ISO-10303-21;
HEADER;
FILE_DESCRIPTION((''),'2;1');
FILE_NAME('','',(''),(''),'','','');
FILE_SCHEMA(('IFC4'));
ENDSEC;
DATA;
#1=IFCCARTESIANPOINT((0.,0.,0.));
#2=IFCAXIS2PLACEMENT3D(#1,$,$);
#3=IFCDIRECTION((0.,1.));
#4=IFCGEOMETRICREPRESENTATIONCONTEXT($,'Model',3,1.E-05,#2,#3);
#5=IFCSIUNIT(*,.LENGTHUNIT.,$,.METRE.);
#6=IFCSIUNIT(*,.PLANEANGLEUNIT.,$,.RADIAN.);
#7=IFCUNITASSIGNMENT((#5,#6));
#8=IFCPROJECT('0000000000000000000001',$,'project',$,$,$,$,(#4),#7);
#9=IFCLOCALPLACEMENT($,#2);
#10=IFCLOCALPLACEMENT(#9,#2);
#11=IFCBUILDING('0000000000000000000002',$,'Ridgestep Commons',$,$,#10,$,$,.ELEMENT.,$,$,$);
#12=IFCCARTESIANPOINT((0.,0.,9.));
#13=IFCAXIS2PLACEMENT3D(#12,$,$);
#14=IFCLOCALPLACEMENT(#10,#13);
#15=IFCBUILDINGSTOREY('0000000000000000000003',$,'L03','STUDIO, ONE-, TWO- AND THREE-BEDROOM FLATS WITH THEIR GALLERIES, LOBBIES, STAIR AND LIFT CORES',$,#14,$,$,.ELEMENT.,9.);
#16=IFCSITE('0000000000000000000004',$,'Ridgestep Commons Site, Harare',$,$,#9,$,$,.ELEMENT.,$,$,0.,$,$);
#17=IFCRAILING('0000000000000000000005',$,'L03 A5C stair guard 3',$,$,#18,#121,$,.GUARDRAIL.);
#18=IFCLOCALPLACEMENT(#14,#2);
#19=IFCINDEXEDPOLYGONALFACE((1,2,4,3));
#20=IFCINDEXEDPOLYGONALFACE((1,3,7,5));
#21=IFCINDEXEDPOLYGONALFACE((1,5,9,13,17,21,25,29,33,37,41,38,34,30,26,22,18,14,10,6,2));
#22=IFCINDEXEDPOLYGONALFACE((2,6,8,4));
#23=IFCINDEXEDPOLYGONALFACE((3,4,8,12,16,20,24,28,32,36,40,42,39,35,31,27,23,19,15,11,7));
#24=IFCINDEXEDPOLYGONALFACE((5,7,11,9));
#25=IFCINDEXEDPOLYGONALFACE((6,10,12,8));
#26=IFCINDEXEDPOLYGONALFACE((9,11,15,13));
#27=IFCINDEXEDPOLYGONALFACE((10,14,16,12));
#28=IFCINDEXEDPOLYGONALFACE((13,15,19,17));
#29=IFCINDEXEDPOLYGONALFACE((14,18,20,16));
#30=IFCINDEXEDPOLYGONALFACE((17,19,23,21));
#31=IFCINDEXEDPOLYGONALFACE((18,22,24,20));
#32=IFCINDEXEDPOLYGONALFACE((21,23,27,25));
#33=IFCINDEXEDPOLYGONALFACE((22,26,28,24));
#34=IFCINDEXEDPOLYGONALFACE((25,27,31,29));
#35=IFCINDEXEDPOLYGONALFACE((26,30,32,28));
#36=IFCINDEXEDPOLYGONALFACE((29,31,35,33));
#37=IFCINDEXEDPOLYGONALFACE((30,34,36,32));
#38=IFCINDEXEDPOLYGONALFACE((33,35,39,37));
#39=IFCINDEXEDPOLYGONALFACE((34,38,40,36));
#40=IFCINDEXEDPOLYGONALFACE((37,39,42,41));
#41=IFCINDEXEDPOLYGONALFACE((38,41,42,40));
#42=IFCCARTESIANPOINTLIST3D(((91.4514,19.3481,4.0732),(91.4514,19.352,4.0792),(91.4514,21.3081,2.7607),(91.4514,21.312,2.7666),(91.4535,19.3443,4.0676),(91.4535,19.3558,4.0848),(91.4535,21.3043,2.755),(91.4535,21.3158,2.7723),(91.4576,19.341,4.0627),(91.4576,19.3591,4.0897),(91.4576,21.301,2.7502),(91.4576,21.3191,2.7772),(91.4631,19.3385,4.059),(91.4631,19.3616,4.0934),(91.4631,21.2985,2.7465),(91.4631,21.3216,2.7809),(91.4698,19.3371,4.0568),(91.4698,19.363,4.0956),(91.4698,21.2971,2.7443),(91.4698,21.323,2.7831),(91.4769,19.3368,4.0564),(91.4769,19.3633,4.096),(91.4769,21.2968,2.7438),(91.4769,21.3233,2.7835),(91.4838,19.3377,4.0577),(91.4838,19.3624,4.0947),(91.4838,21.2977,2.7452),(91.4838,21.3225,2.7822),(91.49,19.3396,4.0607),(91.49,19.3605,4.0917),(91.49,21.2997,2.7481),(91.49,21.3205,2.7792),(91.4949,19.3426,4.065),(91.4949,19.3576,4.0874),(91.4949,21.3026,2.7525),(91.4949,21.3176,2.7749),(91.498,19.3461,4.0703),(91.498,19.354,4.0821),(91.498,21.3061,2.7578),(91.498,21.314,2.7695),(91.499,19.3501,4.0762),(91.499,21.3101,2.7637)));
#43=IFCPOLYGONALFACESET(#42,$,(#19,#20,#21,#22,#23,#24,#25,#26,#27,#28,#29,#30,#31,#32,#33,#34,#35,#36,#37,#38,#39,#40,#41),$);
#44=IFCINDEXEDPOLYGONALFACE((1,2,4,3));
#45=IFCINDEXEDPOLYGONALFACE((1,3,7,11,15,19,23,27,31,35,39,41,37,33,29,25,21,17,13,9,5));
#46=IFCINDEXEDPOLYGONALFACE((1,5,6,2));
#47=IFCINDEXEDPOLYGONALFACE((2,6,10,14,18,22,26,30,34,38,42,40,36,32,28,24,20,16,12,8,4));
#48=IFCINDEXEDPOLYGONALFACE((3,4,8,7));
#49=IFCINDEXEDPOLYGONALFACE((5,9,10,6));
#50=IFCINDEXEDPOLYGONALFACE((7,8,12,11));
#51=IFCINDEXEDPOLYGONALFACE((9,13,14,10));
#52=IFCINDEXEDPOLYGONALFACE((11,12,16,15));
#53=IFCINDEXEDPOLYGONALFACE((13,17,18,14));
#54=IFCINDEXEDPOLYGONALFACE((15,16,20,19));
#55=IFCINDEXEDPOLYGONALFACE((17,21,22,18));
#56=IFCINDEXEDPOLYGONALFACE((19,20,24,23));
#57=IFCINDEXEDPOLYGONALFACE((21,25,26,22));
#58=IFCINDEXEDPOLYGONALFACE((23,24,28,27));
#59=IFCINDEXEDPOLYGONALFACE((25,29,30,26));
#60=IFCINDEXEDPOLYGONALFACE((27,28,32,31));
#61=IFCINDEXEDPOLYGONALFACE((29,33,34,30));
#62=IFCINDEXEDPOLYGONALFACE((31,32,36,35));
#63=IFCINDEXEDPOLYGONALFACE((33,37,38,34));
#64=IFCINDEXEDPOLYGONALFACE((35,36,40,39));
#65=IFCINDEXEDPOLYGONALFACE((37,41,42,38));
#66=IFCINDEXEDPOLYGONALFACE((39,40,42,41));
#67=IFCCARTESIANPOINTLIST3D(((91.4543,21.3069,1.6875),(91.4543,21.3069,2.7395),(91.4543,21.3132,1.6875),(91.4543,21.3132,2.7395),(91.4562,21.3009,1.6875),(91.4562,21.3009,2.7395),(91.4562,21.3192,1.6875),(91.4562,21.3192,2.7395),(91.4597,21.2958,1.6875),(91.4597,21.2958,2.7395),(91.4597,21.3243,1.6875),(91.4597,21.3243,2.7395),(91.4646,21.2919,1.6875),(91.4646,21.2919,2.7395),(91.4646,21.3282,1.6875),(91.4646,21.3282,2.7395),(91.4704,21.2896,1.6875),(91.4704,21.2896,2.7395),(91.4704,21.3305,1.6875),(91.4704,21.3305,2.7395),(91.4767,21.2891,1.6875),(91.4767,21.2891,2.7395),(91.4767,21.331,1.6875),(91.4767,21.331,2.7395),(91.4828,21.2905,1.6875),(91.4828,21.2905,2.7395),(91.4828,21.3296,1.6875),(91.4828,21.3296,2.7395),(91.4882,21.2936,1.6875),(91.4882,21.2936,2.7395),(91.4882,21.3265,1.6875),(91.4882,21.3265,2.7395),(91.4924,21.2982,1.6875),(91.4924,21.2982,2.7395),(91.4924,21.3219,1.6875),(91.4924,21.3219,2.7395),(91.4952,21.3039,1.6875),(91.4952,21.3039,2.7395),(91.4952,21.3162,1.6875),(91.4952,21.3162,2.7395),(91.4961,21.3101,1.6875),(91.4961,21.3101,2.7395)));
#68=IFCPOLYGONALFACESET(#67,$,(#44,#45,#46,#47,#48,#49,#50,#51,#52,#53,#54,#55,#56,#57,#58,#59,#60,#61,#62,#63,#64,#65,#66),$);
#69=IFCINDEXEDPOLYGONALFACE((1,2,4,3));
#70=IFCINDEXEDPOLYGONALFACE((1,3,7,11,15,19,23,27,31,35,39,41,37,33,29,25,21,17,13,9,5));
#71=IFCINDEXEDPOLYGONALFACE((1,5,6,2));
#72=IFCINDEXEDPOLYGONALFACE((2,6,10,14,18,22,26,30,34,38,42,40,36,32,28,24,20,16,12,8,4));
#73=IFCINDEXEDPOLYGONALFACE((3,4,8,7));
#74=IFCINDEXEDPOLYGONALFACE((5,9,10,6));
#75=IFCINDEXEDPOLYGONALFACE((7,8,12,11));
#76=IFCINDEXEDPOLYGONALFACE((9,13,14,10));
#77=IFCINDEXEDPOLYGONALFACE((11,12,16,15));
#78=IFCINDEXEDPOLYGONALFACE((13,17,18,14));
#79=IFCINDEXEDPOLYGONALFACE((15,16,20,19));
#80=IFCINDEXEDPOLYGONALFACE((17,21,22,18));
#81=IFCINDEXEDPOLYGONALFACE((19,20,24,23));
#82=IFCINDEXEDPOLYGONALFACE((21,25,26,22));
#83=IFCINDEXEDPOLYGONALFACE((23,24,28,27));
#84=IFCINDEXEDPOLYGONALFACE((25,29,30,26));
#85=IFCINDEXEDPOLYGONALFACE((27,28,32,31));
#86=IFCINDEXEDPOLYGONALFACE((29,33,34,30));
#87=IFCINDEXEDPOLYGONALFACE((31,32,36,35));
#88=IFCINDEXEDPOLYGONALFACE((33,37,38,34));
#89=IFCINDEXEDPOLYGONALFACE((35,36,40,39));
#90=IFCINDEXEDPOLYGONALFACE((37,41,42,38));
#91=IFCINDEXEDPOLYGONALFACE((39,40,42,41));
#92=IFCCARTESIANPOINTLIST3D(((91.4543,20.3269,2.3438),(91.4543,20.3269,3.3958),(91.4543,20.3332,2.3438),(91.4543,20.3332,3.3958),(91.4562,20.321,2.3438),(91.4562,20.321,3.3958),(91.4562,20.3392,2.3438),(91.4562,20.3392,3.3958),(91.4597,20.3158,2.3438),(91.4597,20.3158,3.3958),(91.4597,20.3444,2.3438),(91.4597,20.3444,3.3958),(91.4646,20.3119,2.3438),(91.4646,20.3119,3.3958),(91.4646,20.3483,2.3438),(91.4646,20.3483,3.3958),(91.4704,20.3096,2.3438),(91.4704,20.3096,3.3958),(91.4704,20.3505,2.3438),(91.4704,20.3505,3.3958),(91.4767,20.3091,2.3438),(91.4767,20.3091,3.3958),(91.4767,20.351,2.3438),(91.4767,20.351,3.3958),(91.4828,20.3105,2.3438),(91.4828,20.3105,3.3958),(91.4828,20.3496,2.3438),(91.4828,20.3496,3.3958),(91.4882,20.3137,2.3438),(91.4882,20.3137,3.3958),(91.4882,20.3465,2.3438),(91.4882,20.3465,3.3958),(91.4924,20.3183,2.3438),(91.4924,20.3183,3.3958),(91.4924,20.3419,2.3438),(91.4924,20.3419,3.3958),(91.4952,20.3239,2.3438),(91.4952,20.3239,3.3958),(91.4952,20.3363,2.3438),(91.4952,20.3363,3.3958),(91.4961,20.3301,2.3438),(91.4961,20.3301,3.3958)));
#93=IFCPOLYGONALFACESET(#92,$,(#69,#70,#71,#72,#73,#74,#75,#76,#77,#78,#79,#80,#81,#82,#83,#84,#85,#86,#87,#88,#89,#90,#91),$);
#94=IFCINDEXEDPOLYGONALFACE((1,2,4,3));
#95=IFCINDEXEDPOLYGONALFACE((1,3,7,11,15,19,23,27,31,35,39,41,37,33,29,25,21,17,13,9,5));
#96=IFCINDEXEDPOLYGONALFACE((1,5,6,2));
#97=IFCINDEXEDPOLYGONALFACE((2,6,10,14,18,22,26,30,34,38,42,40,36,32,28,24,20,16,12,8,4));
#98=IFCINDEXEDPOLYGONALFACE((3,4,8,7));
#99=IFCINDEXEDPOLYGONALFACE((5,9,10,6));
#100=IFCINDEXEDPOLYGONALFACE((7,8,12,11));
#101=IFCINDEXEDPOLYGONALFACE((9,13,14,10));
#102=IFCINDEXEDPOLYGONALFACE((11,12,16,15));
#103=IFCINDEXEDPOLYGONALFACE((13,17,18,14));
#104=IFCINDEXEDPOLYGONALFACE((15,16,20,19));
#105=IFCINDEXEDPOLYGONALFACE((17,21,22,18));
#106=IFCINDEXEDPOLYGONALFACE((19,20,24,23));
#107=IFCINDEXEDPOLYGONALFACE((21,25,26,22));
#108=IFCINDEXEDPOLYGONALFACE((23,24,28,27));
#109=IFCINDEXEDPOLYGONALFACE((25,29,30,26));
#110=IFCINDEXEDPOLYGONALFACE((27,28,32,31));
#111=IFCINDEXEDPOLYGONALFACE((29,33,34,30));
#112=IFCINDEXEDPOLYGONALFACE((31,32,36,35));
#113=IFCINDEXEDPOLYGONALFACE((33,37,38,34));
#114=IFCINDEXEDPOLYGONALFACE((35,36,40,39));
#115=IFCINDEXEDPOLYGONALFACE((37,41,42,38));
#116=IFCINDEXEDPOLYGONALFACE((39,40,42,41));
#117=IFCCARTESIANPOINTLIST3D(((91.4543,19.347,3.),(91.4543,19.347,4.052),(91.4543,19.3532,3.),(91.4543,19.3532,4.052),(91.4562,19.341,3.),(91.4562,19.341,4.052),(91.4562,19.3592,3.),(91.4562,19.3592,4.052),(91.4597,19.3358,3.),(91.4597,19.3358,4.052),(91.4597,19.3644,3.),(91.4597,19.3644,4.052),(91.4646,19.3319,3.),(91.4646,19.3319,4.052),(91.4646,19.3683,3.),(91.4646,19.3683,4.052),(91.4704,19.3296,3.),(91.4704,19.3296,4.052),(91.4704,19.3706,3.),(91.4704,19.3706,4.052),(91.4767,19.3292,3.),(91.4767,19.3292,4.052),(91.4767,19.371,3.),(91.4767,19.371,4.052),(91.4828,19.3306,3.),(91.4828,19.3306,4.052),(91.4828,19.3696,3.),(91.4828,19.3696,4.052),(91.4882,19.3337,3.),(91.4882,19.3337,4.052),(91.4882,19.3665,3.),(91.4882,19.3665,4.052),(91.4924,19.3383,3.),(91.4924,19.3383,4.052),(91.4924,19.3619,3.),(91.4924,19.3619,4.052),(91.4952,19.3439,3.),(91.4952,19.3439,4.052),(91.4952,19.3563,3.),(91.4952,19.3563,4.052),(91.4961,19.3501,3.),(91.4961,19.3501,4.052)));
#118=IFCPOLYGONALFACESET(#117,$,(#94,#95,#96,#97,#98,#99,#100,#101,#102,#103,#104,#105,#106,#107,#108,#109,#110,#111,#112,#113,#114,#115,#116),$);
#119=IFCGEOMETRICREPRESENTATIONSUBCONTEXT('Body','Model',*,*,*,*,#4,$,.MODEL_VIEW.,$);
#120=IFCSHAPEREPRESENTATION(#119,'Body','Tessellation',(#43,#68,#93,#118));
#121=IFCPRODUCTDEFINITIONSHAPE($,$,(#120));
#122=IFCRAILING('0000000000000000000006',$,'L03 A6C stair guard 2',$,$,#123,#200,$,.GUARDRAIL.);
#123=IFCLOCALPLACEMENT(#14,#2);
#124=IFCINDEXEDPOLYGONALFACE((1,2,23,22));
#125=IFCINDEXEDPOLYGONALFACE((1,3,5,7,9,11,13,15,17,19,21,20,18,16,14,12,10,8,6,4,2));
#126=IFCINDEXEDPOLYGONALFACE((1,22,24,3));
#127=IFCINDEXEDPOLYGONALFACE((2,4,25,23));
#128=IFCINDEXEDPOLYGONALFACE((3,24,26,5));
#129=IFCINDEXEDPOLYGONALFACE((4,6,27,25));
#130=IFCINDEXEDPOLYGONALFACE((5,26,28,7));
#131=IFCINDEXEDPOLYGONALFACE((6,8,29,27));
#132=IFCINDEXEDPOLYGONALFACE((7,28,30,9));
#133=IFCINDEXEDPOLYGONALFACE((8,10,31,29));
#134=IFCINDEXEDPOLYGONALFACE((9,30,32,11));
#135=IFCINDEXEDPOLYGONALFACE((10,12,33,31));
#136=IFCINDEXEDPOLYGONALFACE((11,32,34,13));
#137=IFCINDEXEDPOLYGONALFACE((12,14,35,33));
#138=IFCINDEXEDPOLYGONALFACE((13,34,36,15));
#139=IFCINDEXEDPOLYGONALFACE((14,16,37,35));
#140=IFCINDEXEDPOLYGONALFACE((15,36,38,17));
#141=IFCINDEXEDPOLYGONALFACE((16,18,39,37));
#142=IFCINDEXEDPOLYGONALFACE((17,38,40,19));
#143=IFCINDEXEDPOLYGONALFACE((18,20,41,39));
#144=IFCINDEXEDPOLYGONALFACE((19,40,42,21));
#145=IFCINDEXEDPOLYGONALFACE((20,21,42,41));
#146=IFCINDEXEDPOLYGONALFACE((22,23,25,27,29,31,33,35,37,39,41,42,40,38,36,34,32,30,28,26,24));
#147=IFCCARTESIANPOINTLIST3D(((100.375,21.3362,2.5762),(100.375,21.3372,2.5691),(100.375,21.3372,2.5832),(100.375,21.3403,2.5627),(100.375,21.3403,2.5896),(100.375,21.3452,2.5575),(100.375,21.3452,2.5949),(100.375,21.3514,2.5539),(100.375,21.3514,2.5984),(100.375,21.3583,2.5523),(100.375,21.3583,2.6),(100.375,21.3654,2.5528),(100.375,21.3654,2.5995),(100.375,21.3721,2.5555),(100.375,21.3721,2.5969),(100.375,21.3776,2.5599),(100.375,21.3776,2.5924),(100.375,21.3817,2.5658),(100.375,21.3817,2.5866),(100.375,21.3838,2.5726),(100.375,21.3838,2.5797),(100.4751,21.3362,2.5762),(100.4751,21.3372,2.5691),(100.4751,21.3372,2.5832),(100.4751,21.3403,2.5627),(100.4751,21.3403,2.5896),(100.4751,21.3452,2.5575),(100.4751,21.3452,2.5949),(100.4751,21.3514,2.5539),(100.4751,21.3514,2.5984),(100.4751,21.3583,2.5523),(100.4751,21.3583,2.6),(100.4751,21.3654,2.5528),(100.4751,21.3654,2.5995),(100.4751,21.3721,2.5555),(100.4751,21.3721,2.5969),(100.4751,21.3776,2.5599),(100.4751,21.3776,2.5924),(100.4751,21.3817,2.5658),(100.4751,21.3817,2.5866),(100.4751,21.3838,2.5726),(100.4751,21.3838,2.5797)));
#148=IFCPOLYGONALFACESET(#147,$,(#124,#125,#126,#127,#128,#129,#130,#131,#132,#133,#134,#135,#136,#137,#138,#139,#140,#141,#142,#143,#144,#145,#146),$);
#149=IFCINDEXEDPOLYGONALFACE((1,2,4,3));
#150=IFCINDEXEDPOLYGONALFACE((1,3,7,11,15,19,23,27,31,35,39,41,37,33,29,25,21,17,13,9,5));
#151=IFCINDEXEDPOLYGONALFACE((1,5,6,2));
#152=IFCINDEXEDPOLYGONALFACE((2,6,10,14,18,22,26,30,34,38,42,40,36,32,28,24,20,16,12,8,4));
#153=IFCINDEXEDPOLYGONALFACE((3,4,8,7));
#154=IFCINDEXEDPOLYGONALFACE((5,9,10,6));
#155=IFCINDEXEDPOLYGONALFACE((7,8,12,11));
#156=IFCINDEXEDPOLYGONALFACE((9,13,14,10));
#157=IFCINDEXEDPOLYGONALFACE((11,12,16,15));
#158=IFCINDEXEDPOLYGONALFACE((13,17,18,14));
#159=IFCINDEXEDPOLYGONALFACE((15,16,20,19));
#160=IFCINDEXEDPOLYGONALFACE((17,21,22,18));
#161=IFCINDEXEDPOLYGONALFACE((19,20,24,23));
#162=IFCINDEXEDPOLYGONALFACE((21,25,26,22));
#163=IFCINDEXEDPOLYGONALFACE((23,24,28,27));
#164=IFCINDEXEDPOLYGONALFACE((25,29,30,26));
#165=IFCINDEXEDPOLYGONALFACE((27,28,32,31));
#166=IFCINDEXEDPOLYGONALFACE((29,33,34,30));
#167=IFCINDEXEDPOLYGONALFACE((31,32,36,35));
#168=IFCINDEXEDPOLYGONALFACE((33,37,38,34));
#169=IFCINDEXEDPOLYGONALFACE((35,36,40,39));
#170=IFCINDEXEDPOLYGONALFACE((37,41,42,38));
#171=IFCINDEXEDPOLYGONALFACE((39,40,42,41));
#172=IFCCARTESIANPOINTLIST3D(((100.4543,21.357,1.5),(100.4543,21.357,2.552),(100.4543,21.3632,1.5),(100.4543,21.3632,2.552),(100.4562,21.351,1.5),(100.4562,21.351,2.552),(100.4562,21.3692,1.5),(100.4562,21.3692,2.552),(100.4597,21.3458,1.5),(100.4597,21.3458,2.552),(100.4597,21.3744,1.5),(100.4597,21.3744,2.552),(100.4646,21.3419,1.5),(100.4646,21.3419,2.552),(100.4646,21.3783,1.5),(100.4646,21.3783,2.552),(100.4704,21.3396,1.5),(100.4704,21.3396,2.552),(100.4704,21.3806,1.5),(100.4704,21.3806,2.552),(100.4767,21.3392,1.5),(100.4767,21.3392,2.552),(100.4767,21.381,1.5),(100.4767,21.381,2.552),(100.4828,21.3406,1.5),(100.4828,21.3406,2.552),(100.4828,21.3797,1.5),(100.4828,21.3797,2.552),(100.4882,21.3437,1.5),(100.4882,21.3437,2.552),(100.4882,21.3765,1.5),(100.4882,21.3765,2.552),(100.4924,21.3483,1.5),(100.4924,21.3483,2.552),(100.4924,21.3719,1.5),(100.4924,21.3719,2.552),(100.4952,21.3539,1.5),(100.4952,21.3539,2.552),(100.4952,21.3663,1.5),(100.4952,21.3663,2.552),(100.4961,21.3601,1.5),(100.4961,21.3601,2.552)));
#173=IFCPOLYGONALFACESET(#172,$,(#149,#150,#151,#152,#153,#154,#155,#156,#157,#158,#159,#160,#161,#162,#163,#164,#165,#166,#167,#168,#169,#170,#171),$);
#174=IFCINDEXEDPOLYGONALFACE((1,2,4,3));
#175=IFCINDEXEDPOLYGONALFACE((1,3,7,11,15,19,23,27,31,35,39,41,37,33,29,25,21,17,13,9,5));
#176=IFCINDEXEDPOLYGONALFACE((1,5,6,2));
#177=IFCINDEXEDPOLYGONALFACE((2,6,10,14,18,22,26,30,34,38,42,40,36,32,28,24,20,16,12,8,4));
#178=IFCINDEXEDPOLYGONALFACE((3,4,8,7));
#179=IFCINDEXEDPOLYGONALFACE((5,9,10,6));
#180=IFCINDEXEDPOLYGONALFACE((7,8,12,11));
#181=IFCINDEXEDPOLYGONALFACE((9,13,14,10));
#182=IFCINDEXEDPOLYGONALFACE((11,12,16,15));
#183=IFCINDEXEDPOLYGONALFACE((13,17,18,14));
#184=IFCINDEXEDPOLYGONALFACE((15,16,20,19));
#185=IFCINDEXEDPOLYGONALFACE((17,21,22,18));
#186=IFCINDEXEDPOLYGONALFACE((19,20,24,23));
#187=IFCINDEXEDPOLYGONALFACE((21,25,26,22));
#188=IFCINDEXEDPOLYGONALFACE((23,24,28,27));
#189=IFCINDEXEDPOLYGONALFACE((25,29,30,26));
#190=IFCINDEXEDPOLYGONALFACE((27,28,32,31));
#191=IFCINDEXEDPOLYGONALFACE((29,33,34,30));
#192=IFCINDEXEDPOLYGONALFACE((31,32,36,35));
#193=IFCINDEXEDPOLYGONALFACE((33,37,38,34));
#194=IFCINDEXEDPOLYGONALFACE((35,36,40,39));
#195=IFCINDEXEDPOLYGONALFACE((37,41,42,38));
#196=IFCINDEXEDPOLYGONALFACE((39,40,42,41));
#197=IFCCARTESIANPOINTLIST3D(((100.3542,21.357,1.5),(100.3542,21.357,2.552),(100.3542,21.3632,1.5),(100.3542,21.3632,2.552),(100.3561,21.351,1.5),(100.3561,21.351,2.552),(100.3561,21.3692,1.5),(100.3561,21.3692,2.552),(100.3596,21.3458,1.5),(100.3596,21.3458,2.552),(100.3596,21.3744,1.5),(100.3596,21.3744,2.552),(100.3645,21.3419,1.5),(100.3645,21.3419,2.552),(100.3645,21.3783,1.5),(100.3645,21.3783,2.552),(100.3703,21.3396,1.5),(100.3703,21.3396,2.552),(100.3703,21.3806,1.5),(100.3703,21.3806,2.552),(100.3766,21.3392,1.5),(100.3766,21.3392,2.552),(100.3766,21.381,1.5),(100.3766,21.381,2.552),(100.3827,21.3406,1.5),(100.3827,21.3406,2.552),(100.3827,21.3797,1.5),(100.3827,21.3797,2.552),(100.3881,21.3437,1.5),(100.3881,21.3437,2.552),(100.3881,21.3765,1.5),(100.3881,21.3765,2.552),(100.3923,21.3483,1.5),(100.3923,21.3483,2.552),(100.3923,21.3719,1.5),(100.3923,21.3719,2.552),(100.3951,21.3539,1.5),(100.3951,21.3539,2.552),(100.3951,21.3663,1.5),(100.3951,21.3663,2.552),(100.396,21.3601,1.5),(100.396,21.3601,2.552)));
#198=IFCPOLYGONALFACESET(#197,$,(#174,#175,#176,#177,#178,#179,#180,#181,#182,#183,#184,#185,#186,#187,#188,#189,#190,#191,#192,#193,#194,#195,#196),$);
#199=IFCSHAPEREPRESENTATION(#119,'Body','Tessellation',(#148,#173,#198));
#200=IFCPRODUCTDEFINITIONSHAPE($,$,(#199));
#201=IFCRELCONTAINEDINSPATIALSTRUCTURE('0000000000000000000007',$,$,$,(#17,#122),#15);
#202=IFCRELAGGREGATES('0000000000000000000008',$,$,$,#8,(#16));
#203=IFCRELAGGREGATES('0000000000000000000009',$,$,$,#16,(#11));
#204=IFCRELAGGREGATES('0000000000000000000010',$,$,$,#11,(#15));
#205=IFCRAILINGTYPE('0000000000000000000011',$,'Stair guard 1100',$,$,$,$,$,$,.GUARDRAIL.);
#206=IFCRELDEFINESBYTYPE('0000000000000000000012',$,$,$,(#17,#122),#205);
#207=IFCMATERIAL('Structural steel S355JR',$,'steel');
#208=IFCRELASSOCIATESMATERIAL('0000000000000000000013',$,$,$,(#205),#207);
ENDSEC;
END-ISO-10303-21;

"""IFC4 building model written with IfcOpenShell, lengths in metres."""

from ifc_helpers import new_model, si_unit, direction, frame, origin, origin_2d, place, context, subcontext, project, spatial, circle, extrude, material, type_object, element, save


model = new_model("IFC4")

# Units and contexts
model_context = context("Model", 3, precision=1e-05, world=origin(), true_north=direction((0.0, 1.0)))
body_context = subcontext(model_context, "Body", "Model", "MODEL_VIEW")
ifc_project = project(units=[si_unit("LENGTHUNIT", "METRE"), si_unit("PLANEANGLEUNIT", "RADIAN")], contexts=[model_context])

# Site, building, storey
site_placement = place(None, origin())
site = spatial("IfcSite", under=ifc_project, at=site_placement, Name="Ridgestep Commons Site, Harare", CompositionType="ELEMENT", RefElevation=0.0)
building_placement = place(site_placement, origin())
building = spatial("IfcBuilding", under=site, at=building_placement, Name="Ridgestep Commons", CompositionType="ELEMENT")
storey_placement = place(building_placement, frame((0.0, 0.0, 9.0)))
storey = spatial("IfcBuildingStorey", under=building, at=storey_placement, Name="L03", Description="STUDIO, ONE-, TWO- AND THREE-BEDROOM FLATS WITH THEIR GALLERIES, LOBBIES, STAIR AND LIFT CORES", CompositionType="ELEMENT", Elevation=9.0)

# Railings
ifc_material_1 = material(Name="Structural steel S355JR", Category="steel")
railing_type_1 = type_object("IfcRailingType", Name="Stair guard 1100", PredefinedType="GUARDRAIL", material=ifc_material_1)
railing_1_placement = place(storey_placement, frame((91.4751, 21.3101, 1.6875)))
element("IfcRailing", 1, at=railing_1_placement, inside=storey, type_object=railing_type_1, Name="L03 A5C stair guard 3", PredefinedType="GUARDRAIL", context=body_context, shape_type="SweptSolid", body=[
    extrude(circle(Radius=0.0239, at=origin_2d()), frame((0.0, 0.0, 1.0762), z_axis=(0.0, -0.830902, 0.556419), x_axis=(1.0, 0.0, 0.0)), (0.0, 0.0, 1.0), 2.3589),
    extrude(circle(Radius=0.021, at=origin_2d()), origin(), (0.0, 0.0, 1.0), 1.052),
    extrude(circle(Radius=0.021, at=origin_2d()), frame((0.0, -0.98, 0.6562)), (0.0, 0.0, 1.0), 1.052),
    extrude(circle(Radius=0.021, at=origin_2d()), frame((0.0, -1.96, 1.3125)), (0.0, 0.0, 1.0), 1.052),
])
railing_2_placement = place(storey_placement, frame((100.4751, 21.3601, 1.5)))
element("IfcRailing", 2, at=railing_2_placement, inside=storey, type_object=railing_type_1, Name="L03 A6C stair guard 2", PredefinedType="GUARDRAIL", context=body_context, shape_type="SweptSolid", body=[
    extrude(circle(Radius=0.0239, at=origin_2d()), frame((0.0, 0.0, 1.0762), z_axis=(-1.0, 0.0, 0.0), x_axis=(0.0, -1.0, 0.0)), (0.0, 0.0, 1.0), 0.1001),
    extrude(circle(Radius=0.021, at=origin_2d()), origin(), (0.0, 0.0, 1.0), 1.052),
    extrude(circle(Radius=0.021, at=origin_2d()), frame((-0.1001, 0.0, 0.0)), (0.0, 0.0, 1.0), 1.052),
])

save(model, "model.ifc")
